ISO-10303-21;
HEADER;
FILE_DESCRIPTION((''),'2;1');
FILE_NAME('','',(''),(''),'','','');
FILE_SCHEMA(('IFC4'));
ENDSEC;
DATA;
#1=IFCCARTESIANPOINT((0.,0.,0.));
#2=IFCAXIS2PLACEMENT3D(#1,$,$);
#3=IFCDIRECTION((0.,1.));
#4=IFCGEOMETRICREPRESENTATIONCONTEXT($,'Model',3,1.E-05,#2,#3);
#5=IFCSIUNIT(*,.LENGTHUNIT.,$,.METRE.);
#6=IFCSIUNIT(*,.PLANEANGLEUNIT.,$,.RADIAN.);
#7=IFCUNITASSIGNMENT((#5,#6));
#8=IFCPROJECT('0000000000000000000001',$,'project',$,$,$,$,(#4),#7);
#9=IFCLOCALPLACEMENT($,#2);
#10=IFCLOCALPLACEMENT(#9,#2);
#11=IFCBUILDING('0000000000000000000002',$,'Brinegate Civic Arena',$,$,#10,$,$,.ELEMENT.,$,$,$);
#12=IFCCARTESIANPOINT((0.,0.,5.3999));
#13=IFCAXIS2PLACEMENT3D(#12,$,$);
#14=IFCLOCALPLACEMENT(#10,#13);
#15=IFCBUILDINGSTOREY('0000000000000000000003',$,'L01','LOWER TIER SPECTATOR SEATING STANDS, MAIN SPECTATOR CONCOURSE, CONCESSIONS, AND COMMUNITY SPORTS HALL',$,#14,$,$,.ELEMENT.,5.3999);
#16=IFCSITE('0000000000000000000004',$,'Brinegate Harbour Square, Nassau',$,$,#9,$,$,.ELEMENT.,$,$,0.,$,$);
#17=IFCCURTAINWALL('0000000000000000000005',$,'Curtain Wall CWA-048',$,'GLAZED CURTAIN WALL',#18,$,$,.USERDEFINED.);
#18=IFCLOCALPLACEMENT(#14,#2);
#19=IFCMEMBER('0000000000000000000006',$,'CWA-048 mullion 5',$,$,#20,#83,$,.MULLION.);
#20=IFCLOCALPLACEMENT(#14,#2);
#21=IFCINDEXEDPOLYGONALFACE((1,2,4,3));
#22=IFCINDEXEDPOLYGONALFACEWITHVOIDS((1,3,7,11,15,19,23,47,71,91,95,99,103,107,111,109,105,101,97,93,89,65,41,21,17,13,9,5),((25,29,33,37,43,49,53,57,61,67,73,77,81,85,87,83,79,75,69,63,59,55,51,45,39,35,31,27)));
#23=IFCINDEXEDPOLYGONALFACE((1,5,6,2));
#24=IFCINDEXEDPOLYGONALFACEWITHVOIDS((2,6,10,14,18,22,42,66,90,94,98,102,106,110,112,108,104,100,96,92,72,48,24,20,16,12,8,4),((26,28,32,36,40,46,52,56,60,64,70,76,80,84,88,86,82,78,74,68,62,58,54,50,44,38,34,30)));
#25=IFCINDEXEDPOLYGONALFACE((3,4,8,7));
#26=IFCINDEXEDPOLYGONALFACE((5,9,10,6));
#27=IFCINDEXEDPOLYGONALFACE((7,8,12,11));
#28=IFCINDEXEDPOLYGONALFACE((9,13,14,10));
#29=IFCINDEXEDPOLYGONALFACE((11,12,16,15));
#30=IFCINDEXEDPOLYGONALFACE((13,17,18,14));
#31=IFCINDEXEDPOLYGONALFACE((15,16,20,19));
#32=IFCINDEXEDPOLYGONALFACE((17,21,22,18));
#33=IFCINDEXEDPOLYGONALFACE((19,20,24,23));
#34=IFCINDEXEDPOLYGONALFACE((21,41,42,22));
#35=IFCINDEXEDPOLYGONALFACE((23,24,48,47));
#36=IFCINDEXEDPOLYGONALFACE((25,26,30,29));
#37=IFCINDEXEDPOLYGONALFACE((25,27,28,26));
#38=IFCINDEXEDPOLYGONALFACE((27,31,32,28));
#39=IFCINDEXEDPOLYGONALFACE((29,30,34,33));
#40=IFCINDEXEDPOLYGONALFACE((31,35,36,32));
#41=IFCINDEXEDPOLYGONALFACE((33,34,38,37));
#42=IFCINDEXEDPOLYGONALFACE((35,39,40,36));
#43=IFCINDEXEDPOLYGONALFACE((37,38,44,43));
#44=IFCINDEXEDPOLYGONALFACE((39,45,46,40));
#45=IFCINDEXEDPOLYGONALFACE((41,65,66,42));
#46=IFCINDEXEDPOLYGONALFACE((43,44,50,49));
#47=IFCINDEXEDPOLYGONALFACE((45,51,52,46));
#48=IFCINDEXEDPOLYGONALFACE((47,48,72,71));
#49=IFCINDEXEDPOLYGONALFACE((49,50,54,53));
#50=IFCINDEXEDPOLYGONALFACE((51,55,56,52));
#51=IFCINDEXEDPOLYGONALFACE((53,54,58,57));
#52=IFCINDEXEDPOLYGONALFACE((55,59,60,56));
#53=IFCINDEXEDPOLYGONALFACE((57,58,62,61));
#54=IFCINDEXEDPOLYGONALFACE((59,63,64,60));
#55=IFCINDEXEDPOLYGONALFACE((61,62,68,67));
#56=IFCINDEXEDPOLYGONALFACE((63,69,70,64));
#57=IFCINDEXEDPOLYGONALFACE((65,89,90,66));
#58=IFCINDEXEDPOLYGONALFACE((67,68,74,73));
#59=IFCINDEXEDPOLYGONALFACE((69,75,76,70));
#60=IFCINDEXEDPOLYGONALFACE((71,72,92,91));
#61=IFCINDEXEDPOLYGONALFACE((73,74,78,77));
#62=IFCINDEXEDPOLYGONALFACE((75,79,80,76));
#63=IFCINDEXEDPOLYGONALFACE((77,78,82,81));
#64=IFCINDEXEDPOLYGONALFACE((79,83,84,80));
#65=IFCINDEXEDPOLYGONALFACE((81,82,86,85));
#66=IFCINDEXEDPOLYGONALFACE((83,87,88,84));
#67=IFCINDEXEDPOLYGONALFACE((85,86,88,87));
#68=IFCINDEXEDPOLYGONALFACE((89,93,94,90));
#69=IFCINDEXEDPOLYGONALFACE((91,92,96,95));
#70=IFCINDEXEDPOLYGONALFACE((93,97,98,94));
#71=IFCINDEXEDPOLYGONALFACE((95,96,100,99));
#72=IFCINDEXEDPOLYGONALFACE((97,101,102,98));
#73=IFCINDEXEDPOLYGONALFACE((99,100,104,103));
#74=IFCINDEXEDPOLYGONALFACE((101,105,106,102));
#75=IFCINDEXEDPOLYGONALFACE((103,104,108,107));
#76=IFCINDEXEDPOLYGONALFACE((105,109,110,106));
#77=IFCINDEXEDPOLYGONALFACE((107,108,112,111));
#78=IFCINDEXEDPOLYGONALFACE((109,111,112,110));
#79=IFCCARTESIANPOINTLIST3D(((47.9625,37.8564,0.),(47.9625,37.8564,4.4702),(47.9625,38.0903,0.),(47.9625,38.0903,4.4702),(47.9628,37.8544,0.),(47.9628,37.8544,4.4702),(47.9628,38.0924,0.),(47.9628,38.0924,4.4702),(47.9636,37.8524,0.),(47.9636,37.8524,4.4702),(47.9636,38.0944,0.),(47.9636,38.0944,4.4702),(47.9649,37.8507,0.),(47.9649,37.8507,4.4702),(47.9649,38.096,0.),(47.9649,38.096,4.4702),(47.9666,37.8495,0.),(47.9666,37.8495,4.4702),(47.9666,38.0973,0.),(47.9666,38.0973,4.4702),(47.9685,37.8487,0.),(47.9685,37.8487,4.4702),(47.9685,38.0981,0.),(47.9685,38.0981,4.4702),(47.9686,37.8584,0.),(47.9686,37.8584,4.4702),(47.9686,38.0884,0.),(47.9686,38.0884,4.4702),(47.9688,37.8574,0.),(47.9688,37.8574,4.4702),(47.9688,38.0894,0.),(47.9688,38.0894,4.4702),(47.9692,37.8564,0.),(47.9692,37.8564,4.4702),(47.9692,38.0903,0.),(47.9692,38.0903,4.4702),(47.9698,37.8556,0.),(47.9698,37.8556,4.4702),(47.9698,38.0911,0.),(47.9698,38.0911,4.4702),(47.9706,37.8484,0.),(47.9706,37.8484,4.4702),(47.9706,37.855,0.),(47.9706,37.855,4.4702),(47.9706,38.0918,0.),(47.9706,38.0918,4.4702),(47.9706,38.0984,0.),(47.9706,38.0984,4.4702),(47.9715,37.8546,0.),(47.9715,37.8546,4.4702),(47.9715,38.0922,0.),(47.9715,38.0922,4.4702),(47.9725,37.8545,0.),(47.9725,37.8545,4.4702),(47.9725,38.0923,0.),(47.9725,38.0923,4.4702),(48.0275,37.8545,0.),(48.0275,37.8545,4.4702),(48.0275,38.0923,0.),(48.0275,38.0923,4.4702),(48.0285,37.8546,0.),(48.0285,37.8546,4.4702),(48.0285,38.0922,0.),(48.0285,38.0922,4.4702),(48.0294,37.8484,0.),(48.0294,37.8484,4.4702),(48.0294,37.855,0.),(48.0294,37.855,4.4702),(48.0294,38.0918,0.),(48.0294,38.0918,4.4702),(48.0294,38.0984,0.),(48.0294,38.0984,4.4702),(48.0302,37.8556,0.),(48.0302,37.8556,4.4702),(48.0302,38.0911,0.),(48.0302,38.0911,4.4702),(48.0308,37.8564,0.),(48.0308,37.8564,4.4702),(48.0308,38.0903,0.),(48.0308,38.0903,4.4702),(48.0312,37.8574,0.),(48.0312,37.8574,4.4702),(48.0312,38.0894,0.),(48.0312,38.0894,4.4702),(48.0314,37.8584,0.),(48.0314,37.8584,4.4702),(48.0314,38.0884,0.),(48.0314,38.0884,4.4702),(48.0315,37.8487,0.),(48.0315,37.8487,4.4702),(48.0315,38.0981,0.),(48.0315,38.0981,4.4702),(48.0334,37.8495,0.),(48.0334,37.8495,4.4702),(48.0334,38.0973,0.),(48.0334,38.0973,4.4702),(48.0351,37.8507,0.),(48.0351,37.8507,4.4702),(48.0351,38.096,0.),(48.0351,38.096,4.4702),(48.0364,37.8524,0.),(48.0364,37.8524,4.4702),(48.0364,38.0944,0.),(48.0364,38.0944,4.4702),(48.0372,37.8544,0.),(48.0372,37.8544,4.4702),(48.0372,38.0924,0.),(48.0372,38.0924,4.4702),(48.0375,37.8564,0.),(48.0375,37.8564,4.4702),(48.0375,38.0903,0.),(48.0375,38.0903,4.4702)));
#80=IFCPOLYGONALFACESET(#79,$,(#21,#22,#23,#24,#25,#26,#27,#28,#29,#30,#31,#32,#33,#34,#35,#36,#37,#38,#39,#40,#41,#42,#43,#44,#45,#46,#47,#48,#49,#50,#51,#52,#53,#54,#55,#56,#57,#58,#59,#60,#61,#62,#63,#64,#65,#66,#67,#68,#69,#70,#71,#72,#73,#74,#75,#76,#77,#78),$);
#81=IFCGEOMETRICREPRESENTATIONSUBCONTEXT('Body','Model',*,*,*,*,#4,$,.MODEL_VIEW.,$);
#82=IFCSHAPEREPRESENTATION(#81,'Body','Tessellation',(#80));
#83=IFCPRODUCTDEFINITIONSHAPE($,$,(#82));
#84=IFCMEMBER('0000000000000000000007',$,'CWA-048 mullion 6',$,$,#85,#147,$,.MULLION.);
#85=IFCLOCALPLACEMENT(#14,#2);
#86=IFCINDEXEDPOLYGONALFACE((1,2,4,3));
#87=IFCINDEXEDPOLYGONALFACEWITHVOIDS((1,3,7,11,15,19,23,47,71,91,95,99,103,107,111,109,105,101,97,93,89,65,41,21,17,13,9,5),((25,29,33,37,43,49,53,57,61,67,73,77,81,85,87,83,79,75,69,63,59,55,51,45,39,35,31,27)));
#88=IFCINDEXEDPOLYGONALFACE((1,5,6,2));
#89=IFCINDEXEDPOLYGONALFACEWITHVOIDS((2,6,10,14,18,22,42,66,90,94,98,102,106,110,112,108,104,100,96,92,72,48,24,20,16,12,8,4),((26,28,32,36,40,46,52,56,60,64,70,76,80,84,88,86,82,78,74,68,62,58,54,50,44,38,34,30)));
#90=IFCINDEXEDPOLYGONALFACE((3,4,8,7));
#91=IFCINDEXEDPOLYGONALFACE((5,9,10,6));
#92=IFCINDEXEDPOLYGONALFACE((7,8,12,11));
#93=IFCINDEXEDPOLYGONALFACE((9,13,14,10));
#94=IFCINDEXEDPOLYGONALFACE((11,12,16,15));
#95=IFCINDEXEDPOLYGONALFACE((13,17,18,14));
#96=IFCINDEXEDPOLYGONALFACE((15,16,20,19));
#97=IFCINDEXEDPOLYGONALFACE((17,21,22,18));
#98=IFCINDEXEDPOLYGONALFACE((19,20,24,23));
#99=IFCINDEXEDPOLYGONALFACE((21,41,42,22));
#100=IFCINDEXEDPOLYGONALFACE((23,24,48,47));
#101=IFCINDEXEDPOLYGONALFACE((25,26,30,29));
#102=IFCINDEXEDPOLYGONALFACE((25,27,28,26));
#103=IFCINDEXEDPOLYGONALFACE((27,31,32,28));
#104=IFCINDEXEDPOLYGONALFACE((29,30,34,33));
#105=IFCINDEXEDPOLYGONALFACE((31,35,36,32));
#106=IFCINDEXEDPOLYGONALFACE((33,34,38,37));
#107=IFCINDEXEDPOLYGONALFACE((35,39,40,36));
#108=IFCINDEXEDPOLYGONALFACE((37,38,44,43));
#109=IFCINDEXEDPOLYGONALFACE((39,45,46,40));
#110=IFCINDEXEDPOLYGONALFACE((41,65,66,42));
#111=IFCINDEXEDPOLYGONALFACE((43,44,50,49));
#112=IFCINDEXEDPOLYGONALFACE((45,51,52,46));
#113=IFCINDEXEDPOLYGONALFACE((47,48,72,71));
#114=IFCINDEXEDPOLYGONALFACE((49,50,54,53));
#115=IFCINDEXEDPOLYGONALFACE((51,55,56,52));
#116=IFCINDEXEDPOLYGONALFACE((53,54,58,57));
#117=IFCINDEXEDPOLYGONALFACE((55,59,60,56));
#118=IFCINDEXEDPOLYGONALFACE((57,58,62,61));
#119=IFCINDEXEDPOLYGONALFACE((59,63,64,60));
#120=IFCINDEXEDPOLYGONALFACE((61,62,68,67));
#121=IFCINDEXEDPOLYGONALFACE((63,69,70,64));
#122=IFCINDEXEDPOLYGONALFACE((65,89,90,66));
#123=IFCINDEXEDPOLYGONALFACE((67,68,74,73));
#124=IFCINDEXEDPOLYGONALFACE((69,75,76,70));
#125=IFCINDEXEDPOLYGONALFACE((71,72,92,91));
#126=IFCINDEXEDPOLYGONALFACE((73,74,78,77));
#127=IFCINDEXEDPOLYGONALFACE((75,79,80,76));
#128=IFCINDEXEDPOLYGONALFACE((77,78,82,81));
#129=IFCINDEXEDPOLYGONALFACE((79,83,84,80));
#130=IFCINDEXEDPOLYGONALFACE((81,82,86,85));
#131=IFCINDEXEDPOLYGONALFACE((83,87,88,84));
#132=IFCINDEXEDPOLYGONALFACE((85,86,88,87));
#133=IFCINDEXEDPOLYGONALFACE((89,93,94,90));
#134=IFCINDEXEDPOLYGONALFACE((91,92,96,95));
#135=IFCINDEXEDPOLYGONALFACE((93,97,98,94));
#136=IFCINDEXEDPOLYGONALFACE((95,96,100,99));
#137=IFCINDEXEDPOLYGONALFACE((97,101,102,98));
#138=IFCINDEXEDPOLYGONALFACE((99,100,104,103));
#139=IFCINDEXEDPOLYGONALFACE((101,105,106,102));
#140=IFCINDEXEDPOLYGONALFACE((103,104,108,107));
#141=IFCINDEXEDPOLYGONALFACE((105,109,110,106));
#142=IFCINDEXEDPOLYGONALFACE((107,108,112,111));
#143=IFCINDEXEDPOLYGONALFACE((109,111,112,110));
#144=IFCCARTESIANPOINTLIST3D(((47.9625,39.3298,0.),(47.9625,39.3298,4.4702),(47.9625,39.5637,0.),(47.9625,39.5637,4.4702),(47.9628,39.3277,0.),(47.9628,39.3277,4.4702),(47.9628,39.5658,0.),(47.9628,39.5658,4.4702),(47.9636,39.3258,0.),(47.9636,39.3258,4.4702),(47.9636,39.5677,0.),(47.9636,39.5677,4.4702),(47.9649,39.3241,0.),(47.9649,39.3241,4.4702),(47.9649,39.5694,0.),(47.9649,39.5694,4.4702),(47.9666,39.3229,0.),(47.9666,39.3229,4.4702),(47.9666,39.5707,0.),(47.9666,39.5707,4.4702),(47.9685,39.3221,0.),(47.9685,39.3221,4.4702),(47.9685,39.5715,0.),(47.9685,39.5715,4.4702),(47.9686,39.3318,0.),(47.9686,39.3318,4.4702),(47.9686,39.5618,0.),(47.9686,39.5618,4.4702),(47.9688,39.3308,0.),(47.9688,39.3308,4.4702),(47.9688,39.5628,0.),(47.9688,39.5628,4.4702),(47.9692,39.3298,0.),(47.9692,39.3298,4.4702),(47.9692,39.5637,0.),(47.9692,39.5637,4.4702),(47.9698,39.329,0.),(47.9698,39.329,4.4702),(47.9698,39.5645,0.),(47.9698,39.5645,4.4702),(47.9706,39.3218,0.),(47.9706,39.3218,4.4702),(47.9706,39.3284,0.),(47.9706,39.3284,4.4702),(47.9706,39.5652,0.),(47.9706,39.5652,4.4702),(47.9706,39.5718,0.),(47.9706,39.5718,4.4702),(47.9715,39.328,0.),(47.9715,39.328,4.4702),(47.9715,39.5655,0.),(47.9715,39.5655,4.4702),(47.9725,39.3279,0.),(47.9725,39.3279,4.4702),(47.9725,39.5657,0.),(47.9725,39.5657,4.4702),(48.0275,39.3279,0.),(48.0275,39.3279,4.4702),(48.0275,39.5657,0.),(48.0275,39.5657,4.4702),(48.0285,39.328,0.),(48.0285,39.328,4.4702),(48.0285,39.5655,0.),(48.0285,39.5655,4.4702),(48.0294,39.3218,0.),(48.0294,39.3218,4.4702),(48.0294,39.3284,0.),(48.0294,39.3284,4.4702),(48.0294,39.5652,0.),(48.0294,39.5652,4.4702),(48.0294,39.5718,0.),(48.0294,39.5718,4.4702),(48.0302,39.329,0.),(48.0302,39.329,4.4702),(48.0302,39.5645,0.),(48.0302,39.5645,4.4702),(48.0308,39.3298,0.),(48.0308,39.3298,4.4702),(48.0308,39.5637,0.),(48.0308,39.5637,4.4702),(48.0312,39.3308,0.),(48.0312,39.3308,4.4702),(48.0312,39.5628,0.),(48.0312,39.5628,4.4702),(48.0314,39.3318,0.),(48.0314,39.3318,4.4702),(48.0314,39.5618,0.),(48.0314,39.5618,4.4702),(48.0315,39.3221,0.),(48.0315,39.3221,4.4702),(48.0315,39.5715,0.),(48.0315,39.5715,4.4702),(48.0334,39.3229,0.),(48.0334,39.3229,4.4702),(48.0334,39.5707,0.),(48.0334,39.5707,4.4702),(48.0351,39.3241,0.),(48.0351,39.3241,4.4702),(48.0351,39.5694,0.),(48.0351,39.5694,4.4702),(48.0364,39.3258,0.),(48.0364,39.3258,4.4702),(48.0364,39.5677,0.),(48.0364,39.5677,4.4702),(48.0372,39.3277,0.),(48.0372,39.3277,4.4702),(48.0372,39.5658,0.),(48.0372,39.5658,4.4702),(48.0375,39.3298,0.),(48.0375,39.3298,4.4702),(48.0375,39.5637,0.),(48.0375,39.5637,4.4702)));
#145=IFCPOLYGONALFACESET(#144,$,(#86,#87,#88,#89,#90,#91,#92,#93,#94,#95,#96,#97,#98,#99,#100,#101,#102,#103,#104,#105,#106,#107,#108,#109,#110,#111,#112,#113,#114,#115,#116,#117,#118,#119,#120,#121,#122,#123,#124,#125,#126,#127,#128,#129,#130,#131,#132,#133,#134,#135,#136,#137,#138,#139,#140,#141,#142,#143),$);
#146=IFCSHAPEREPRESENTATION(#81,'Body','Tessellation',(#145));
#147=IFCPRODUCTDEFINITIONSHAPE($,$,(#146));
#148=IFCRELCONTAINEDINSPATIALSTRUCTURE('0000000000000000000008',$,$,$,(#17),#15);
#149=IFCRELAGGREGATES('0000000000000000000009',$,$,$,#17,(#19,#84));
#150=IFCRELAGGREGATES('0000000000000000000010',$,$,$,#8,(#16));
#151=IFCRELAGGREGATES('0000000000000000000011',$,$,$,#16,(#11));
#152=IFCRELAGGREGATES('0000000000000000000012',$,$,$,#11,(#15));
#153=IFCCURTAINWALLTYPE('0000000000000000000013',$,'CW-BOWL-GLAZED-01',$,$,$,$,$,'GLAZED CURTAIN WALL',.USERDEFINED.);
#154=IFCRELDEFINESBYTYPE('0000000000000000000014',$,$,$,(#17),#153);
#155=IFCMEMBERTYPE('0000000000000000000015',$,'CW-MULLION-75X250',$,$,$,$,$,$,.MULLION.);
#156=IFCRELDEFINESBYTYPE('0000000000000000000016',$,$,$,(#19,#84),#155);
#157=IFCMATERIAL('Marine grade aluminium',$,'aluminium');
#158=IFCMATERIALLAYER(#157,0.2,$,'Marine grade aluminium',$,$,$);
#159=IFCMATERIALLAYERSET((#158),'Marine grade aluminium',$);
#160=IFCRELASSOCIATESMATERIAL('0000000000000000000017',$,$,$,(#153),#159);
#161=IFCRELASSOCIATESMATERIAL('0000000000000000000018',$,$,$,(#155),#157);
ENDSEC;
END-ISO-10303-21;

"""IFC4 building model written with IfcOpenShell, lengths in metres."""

from ifc_helpers import new_model, si_unit, direction, frame, origin, origin_2d, place, context, subcontext, project, spatial, hollow_rectangle, extrude, material, layer, layer_set, material_profile, profile_set, type_object, element, aggregate, save


model = new_model("IFC4")

# Units and contexts
model_context = context("Model", 3, precision=1e-05, world=origin(), true_north=direction((0.0, 1.0)))
body_context = subcontext(model_context, "Body", "Model", "MODEL_VIEW")
ifc_project = project(units=[si_unit("LENGTHUNIT", "METRE"), si_unit("PLANEANGLEUNIT", "RADIAN")], contexts=[model_context])

# Site, building, storey
site_placement = place(None, origin())
site = spatial("IfcSite", under=ifc_project, at=site_placement, Name="Brinegate Harbour Square, Nassau", CompositionType="ELEMENT", RefElevation=0.0)
building_placement = place(site_placement, origin())
building = spatial("IfcBuilding", under=site, at=building_placement, Name="Brinegate Civic Arena", CompositionType="ELEMENT")
storey_placement = place(building_placement, frame((0.0, 0.0, 5.3999)))
storey = spatial("IfcBuildingStorey", under=building, at=storey_placement, Name="L01", Description="LOWER TIER SPECTATOR SEATING STANDS, MAIN SPECTATOR CONCOURSE, CONCESSIONS, AND COMMUNITY SPORTS HALL", CompositionType="ELEMENT", Elevation=5.3999)

# Curtain wall, members
ifc_material_1 = material(Name="Marine grade aluminium", Category="aluminium")
ifc_layer_1 = layer(ifc_material_1, 0.2, Name="Marine grade aluminium")
ifc_layer_set_1 = layer_set([ifc_layer_1], Name="Marine grade aluminium")
curtain_wall_type = type_object("IfcCurtainWallType", Name="CW-BOWL-GLAZED-01", ElementType="GLAZED CURTAIN WALL", PredefinedType="USERDEFINED", material=ifc_layer_set_1)
curtain_wall_placement = place(storey_placement, origin())
curtain_wall = element("IfcCurtainWall", 1, at=curtain_wall_placement, inside=storey, type_object=curtain_wall_type, Name="Curtain Wall CWA-048", ObjectType="GLAZED CURTAIN WALL", PredefinedType="USERDEFINED")
ifc_material_profile_1 = material_profile(ifc_material_1, hollow_rectangle(XDim=0.075, YDim=0.25, WallThickness=0.0061, InnerFilletRadius=0.0039, OuterFilletRadius=0.0081, at=origin_2d()), Name="MUL75X250")
ifc_profile_set_1 = profile_set([ifc_material_profile_1], Name="Marine grade aluminium")
member_type_1 = type_object("IfcMemberType", Name="CW-MULLION-75X250", PredefinedType="MULLION", material=ifc_profile_set_1)
member_1_placement = place(storey_placement, frame((48.0, 37.9734, 0.0), z_axis=(0.0, 0.0, 1.0), x_axis=(-1.0, 0.0, 0.0)))
member_1 = element("IfcMember", 2, at=member_1_placement, type_object=member_type_1, Name="CWA-048 mullion 5", PredefinedType="MULLION", context=body_context, shape_type="SweptSolid", body=[
    extrude(hollow_rectangle(XDim=0.075, YDim=0.25, WallThickness=0.0061, InnerFilletRadius=0.0039, OuterFilletRadius=0.0081, at=origin_2d()), origin(), (0.0, 0.0, 1.0), 4.4702),
])
member_2_placement = place(storey_placement, frame((48.0, 39.4468, 0.0), z_axis=(0.0, 0.0, 1.0), x_axis=(-1.0, 0.0, 0.0)))
member_2 = element("IfcMember", 3, at=member_2_placement, type_object=member_type_1, Name="CWA-048 mullion 6", PredefinedType="MULLION", context=body_context, shape_type="SweptSolid", body=[
    extrude(hollow_rectangle(XDim=0.075, YDim=0.25, WallThickness=0.0061, InnerFilletRadius=0.0039, OuterFilletRadius=0.0081, at=origin_2d()), origin(), (0.0, 0.0, 1.0), 4.4702),
])
aggregate(curtain_wall, [member_1, member_2])

save(model, "model.ifc")
